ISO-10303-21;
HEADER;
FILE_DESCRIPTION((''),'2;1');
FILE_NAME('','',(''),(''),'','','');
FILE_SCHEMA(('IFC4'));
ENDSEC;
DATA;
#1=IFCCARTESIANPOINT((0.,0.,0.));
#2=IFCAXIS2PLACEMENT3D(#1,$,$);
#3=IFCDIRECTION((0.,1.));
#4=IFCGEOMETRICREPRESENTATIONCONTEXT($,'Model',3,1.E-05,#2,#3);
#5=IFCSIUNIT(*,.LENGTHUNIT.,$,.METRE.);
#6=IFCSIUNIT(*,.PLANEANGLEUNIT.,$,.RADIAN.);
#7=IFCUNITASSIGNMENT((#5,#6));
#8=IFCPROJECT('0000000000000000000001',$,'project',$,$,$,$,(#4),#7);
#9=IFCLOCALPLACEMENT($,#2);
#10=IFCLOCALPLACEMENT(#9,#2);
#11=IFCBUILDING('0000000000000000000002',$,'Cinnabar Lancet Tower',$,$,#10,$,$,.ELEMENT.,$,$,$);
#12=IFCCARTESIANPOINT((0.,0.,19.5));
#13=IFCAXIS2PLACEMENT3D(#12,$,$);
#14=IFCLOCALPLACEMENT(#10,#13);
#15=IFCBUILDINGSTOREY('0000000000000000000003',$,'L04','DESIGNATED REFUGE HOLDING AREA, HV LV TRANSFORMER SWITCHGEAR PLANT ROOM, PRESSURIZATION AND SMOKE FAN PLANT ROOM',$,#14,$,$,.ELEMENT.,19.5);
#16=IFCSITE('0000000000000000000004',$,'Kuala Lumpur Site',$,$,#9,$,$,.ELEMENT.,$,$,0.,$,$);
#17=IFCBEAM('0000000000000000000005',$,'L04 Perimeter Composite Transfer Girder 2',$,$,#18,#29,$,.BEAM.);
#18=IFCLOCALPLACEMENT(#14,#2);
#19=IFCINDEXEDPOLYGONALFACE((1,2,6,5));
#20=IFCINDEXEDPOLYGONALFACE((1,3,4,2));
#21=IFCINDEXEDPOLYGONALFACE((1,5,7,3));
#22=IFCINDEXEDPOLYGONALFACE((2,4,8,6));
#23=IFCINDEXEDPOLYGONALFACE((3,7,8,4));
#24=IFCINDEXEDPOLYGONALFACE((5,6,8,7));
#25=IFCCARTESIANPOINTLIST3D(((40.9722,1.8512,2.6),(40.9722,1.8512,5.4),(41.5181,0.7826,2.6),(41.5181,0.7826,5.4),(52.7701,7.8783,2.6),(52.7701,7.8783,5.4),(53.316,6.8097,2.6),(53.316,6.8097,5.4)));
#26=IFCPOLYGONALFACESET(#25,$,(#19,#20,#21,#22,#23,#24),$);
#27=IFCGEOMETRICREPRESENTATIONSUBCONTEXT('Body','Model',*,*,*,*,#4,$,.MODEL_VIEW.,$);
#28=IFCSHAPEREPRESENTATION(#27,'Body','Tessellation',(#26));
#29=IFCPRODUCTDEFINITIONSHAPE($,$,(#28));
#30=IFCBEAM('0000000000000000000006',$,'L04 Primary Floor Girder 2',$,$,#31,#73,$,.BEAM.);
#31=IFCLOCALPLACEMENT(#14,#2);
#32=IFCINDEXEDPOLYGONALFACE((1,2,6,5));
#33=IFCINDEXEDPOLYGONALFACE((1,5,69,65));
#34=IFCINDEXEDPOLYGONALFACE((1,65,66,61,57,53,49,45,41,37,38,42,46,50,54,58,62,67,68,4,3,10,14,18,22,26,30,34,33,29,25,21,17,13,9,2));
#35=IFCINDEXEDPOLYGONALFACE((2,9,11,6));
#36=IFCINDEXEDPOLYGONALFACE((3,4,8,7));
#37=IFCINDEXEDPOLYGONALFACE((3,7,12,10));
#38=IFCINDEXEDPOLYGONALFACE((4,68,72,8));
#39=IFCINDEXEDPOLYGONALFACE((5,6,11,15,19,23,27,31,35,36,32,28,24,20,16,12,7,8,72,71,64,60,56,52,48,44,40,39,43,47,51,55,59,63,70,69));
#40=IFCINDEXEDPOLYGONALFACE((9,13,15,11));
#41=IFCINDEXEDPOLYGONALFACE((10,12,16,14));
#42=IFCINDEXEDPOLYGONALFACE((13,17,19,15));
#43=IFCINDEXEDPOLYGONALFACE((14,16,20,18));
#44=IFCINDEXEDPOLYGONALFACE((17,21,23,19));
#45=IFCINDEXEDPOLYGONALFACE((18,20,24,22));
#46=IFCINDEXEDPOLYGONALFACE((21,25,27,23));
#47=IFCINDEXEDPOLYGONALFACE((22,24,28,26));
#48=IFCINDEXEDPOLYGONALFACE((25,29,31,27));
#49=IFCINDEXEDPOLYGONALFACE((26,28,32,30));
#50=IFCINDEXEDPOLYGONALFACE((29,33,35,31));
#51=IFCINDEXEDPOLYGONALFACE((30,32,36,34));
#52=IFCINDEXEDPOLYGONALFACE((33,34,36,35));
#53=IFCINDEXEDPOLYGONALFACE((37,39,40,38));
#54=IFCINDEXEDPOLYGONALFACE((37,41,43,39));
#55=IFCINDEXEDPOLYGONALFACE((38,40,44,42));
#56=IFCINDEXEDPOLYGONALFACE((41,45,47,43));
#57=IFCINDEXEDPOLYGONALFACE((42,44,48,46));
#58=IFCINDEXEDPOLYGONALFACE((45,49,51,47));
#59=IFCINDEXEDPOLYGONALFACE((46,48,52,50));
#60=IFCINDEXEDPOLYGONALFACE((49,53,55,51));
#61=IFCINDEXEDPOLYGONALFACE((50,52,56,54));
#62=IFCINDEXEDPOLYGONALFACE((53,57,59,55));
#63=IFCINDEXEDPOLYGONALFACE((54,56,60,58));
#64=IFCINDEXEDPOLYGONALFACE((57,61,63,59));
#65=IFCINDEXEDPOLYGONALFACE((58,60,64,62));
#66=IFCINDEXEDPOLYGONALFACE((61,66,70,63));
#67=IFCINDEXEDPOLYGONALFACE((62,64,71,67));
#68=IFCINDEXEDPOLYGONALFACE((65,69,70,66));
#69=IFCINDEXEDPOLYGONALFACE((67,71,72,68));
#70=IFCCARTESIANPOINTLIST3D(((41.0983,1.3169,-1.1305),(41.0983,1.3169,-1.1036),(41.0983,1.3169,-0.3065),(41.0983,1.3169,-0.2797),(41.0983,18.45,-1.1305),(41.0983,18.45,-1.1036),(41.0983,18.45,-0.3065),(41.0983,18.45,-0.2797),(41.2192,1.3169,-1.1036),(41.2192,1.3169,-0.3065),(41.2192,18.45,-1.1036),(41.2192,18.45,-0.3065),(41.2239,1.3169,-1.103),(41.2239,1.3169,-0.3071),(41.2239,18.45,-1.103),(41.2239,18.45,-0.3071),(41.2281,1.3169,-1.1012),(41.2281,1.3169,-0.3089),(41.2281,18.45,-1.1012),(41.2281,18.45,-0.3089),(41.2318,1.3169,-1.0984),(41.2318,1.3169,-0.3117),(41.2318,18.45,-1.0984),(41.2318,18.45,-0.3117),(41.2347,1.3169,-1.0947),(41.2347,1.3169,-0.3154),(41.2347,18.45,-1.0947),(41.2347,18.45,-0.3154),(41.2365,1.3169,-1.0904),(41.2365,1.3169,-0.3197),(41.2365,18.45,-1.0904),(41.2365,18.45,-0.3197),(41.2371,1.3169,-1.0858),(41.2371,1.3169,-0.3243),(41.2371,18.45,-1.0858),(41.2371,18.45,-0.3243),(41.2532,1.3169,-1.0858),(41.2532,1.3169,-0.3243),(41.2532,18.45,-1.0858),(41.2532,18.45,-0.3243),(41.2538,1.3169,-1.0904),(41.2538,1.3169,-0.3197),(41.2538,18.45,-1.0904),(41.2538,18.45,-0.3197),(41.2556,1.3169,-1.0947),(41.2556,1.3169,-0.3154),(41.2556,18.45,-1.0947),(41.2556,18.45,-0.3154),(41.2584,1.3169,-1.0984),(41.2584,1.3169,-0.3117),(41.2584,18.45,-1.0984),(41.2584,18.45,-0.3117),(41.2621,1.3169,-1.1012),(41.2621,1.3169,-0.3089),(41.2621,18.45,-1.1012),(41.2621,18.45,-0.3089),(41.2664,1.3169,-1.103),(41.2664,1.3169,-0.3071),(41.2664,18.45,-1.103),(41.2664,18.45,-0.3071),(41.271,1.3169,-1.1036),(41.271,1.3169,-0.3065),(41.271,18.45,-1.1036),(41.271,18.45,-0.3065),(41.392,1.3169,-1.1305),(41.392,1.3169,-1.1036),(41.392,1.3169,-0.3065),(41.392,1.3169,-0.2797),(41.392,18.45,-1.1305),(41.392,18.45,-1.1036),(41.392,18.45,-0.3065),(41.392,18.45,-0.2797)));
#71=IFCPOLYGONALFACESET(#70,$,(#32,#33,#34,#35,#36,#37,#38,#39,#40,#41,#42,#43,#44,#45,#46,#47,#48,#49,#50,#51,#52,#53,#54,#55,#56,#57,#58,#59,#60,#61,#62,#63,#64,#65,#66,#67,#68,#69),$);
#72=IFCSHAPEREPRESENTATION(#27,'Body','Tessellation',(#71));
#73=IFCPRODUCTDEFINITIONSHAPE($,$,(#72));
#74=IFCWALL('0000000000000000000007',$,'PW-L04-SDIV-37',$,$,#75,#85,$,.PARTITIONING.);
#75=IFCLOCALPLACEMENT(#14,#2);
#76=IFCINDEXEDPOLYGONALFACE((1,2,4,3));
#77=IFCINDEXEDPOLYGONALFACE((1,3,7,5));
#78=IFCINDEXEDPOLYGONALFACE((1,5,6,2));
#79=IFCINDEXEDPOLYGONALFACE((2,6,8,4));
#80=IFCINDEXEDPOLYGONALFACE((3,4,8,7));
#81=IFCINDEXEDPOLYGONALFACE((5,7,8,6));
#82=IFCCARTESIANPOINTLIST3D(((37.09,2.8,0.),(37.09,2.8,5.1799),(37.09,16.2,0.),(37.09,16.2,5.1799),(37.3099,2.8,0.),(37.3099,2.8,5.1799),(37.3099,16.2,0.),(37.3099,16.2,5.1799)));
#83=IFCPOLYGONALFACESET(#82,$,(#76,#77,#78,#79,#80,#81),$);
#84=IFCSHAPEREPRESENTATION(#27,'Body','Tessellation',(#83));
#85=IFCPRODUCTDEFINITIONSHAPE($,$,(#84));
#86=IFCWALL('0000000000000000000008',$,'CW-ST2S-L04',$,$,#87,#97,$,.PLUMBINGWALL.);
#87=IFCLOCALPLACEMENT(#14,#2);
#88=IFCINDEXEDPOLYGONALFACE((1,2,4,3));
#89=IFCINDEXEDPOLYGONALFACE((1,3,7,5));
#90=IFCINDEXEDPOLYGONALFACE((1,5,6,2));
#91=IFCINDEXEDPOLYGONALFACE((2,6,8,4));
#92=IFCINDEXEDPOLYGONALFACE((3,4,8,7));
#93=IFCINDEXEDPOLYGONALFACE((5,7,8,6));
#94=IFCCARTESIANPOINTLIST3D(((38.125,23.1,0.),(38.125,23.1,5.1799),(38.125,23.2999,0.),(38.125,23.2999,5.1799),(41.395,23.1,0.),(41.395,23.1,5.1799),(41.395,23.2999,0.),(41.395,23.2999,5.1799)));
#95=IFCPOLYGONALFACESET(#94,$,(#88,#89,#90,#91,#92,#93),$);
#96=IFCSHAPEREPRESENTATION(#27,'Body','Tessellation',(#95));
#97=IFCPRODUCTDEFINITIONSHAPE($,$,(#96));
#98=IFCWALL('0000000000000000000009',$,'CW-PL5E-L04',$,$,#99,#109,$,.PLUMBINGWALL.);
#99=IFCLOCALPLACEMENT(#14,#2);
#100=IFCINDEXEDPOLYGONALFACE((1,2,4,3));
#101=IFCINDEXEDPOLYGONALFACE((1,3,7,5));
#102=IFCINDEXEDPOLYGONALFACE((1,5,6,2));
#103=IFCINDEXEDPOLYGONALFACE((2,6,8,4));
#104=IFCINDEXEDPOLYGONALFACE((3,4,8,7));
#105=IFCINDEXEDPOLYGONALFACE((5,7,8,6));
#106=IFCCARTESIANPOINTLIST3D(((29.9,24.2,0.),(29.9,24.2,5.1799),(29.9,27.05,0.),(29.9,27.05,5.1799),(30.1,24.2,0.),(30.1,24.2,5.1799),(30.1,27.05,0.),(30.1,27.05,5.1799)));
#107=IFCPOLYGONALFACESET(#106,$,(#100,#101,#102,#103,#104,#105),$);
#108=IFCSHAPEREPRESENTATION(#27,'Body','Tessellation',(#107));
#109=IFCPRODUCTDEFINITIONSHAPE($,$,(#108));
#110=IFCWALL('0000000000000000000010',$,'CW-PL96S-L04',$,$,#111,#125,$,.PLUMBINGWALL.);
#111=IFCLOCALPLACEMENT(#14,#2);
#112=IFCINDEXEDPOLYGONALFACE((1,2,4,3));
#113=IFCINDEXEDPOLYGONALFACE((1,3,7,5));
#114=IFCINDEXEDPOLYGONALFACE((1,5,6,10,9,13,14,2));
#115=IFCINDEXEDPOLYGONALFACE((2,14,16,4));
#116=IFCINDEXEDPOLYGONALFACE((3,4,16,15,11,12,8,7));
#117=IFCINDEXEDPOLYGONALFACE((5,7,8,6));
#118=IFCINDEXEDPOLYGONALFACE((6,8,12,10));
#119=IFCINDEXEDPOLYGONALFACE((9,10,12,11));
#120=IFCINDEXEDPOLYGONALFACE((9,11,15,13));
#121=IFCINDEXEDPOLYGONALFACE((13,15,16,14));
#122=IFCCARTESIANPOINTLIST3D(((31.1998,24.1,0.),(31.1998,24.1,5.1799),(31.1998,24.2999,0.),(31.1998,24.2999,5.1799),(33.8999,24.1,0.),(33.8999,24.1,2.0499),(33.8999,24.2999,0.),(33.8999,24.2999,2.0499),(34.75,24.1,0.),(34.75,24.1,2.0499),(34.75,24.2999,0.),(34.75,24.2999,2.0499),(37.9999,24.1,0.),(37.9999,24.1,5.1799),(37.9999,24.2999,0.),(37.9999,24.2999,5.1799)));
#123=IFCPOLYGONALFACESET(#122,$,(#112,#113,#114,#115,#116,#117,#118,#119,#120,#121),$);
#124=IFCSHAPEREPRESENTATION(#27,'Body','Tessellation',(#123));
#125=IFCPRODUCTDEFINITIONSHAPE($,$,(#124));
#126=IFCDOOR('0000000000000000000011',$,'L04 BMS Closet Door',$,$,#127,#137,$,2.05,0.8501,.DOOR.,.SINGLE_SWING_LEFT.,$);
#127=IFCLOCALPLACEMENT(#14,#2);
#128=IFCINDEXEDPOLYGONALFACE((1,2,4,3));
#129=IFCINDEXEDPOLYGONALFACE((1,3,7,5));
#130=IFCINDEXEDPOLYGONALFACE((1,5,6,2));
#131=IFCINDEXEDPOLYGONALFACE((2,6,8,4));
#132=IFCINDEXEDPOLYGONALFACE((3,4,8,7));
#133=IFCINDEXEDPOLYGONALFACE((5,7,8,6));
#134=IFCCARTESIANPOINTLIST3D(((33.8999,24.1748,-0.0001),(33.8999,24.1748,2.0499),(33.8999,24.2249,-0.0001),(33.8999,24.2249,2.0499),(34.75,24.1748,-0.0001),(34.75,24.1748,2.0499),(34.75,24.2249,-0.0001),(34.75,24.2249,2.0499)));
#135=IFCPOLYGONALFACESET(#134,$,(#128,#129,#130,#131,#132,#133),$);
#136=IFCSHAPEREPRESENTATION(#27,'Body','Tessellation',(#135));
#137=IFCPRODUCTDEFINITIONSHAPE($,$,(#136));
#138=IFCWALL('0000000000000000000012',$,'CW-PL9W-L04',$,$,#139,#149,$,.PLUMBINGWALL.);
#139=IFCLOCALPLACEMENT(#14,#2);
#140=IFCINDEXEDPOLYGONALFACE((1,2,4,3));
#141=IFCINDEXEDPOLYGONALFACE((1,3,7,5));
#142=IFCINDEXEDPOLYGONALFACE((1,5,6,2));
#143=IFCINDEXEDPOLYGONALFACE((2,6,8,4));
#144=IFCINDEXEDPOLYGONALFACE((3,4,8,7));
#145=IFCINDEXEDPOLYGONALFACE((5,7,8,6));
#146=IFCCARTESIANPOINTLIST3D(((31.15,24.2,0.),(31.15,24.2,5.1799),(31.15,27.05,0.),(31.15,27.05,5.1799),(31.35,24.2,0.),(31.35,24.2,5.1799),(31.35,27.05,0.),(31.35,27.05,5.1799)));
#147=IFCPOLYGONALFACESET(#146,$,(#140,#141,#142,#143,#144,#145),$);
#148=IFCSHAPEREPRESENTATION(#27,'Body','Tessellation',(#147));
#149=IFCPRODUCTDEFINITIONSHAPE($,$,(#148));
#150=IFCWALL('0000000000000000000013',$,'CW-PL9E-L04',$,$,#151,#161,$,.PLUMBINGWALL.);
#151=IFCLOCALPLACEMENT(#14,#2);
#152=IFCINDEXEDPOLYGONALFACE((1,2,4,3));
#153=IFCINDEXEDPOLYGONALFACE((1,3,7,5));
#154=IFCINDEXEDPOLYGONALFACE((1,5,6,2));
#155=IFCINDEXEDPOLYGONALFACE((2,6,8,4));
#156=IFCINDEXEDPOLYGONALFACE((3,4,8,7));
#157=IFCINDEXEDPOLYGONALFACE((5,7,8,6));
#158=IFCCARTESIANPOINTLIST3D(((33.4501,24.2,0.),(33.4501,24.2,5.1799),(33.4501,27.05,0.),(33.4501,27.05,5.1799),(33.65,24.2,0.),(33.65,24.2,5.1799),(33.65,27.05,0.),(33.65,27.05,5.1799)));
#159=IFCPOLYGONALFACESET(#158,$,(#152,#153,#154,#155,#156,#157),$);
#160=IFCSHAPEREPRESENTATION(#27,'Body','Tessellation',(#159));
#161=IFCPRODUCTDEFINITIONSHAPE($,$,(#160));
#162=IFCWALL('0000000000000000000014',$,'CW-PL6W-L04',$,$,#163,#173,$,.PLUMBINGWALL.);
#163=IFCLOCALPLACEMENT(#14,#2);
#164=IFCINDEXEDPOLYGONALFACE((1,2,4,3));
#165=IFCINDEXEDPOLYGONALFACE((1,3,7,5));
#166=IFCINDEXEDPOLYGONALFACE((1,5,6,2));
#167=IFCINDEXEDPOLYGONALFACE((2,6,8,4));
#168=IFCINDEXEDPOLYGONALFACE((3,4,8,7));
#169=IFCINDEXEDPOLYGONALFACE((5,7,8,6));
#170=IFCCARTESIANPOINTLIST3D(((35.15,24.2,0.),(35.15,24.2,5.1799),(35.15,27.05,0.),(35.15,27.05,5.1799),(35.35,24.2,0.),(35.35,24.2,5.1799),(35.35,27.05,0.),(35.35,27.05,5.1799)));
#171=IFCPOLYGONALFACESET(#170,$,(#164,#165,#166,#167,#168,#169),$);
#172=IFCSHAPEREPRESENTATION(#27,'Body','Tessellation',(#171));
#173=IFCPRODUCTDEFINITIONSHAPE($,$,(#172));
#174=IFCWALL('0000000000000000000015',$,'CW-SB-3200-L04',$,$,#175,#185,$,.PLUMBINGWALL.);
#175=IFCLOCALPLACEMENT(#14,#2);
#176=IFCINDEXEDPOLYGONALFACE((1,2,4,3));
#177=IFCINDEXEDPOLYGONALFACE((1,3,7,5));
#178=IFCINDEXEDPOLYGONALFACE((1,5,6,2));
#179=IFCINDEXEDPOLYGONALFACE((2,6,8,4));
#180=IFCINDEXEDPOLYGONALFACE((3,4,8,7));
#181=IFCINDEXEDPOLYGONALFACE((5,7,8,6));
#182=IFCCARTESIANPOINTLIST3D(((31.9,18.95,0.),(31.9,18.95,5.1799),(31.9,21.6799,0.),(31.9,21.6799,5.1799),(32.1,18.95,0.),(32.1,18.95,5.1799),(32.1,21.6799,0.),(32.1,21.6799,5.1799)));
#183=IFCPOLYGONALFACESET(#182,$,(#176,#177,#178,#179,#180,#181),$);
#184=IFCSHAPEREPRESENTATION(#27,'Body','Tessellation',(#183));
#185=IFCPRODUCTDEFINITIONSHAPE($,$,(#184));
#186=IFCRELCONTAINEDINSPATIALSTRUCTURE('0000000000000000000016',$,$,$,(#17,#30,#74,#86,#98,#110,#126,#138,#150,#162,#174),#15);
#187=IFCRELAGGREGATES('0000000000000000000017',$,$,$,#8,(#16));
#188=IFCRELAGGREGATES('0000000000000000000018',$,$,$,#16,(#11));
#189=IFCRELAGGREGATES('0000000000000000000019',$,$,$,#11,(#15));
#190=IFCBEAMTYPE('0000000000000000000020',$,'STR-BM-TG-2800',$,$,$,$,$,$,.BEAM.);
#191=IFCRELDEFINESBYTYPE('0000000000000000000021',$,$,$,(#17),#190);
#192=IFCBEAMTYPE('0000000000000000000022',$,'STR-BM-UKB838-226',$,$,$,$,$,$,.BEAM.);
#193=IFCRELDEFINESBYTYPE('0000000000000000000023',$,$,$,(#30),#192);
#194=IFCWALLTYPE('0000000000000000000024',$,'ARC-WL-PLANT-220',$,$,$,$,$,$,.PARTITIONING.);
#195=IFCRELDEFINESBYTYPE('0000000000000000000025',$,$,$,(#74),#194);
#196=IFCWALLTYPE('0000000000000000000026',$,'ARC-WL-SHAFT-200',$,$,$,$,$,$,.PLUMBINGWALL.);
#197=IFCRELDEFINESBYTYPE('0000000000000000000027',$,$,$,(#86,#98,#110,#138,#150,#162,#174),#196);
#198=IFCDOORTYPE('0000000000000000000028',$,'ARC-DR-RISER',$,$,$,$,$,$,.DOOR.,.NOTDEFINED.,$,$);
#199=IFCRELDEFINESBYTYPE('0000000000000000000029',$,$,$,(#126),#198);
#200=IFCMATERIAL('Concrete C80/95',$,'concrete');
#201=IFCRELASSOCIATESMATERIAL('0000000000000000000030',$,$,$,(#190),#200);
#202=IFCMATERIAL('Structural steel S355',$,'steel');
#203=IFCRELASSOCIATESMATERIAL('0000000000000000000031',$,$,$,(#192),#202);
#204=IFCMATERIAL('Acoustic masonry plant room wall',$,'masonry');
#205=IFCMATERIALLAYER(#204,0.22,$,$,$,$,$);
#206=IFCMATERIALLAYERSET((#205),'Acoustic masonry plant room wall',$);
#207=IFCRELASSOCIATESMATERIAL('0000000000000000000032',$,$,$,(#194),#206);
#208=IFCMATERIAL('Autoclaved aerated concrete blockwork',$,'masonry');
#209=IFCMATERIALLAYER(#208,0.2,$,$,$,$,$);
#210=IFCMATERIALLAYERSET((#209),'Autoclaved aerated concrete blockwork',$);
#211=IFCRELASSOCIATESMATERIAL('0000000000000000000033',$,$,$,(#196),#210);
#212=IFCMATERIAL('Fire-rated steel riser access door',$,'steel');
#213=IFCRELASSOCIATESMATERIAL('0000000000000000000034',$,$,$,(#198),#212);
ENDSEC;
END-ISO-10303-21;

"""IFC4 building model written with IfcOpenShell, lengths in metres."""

from ifc_helpers import new_model, si_unit, direction, frame, frame_2d, origin, origin_2d, place, context, subcontext, project, spatial, rectangle, i_section, extrude, material, layer, layer_set, material_profile, profile_set, type_object, element, fill, save


model = new_model("IFC4")

# Units and contexts
model_context = context("Model", 3, precision=1e-05, world=origin(), true_north=direction((0.0, 1.0)))
body_context = subcontext(model_context, "Body", "Model", "MODEL_VIEW")
ifc_project = project(units=[si_unit("LENGTHUNIT", "METRE"), si_unit("PLANEANGLEUNIT", "RADIAN")], contexts=[model_context])

# Site, building, storey
site_placement = place(None, origin())
site = spatial("IfcSite", under=ifc_project, at=site_placement, Name="Kuala Lumpur Site", CompositionType="ELEMENT", RefElevation=0.0)
building_placement = place(site_placement, origin())
building = spatial("IfcBuilding", under=site, at=building_placement, Name="Cinnabar Lancet Tower", CompositionType="ELEMENT")
storey_placement = place(building_placement, frame((0.0, 0.0, 19.5)))
storey = spatial("IfcBuildingStorey", under=building, at=storey_placement, Name="L04", Description="DESIGNATED REFUGE HOLDING AREA, HV LV TRANSFORMER SWITCHGEAR PLANT ROOM, PRESSURIZATION AND SMOKE FAN PLANT ROOM", CompositionType="ELEMENT", Elevation=19.5)

# Beams
ifc_material_1 = material(Name="Concrete C80/95", Category="concrete")
ifc_material_profile_1 = material_profile(ifc_material_1, rectangle(XDim=1.2, YDim=2.8, at=origin_2d()), Name="RC-TG 1200x2800")
ifc_profile_set_1 = profile_set([ifc_material_profile_1], Name="Concrete C80/95")
beam_type_1 = type_object("IfcBeamType", Name="STR-BM-TG-2800", PredefinedType="BEAM", material=ifc_profile_set_1)
beam_1_placement = place(storey_placement, frame((41.2451, 1.3169, 4.0), z_axis=(0.890524, 0.454937, 0.0), x_axis=(-0.454937, 0.890524, 0.0)))
element("IfcBeam", 1, at=beam_1_placement, inside=storey, type_object=beam_type_1, Name="L04 Perimeter Composite Transfer Girder 2", PredefinedType="BEAM", context=body_context, shape_type="SweptSolid", body=[
    extrude(rectangle(XDim=1.2, YDim=2.8, at=origin_2d()), origin(), (0.0, 0.0, 1.0), 13.2483),
])
ifc_material_2 = material(Name="Structural steel S355", Category="steel")
ifc_material_profile_2 = material_profile(ifc_material_2, i_section(OverallWidth=0.2937, OverallDepth=0.8508, WebThickness=0.0161, FlangeThickness=0.0269, FilletRadius=0.0178, at=origin_2d()), Name="UKB 838x292x226")
ifc_profile_set_2 = profile_set([ifc_material_profile_2], Name="Structural steel S355")
beam_type_2 = type_object("IfcBeamType", Name="STR-BM-UKB838-226", PredefinedType="BEAM", material=ifc_profile_set_2)
beam_2_placement = place(storey_placement, frame((41.2451, 1.3169, -0.7051), z_axis=(0.0, 1.0, 0.0), x_axis=(-1.0, 0.0, 0.0)))
element("IfcBeam", 2, at=beam_2_placement, inside=storey, type_object=beam_type_2, Name="L04 Primary Floor Girder 2", PredefinedType="BEAM", context=body_context, shape_type="SweptSolid", body=[
    extrude(i_section(OverallWidth=0.2937, OverallDepth=0.8508, WebThickness=0.0161, FlangeThickness=0.0269, FilletRadius=0.0178, at=origin_2d()), origin(), (0.0, 0.0, 1.0), 17.1331),
])

# Walls
ifc_material_3 = material(Name="Acoustic masonry plant room wall", Category="masonry")
ifc_layer_1 = layer(ifc_material_3, 0.22)
ifc_layer_set_1 = layer_set([ifc_layer_1], Name="Acoustic masonry plant room wall")
wall_type_1 = type_object("IfcWallType", Name="ARC-WL-PLANT-220", PredefinedType="PARTITIONING", material=ifc_layer_set_1)
wall_1_placement = place(storey_placement, frame((37.2, 2.8, 0.0), z_axis=(0.0, 0.0, 1.0), x_axis=(0.0, 1.0, 0.0)))
element("IfcWall", 3, at=wall_1_placement, inside=storey, type_object=wall_type_1, Name="PW-L04-SDIV-37", PredefinedType="PARTITIONING", context=body_context, shape_type="SweptSolid", body=[
    extrude(rectangle(XDim=13.3999, YDim=0.22, at=frame_2d((6.7, 0.0))), origin(), (0.0, 0.0, 1.0), 5.1799),
])
ifc_material_4 = material(Name="Autoclaved aerated concrete blockwork", Category="masonry")
ifc_layer_2 = layer(ifc_material_4, 0.2)
ifc_layer_set_2 = layer_set([ifc_layer_2], Name="Autoclaved aerated concrete blockwork")
wall_type_2 = type_object("IfcWallType", Name="ARC-WL-SHAFT-200", PredefinedType="PLUMBINGWALL", material=ifc_layer_set_2)
wall_2_placement = place(storey_placement, frame((38.125, 23.2, 0.0), z_axis=(0.0, 0.0, 1.0), x_axis=(1.0, 0.0, 0.0)))
element("IfcWall", 4, at=wall_2_placement, inside=storey, type_object=wall_type_2, Name="CW-ST2S-L04", PredefinedType="PLUMBINGWALL", context=body_context, shape_type="SweptSolid", body=[
    extrude(rectangle(XDim=3.27, YDim=0.2, at=frame_2d((1.635, 0.0))), origin(), (0.0, 0.0, 1.0), 5.1799),
])
wall_3_placement = place(storey_placement, frame((30.0, 24.2, 0.0), z_axis=(0.0, 0.0, 1.0), x_axis=(0.0, 1.0, 0.0)))
element("IfcWall", 5, at=wall_3_placement, inside=storey, type_object=wall_type_2, Name="CW-PL5E-L04", PredefinedType="PLUMBINGWALL", context=body_context, shape_type="SweptSolid", body=[
    extrude(rectangle(XDim=2.8501, YDim=0.2, at=frame_2d((1.425, 0.0))), origin(), (0.0, 0.0, 1.0), 5.1799),
])

# Wall, opening, door
wall_4_placement = place(storey_placement, frame((31.2, 24.2, 0.0), z_axis=(0.0, 0.0, 1.0), x_axis=(1.0, 0.0, 0.0)))
wall_4 = element("IfcWall", 6, at=wall_4_placement, inside=storey, type_object=wall_type_2, Name="CW-PL96S-L04", PredefinedType="PLUMBINGWALL", context=body_context, shape_type="SweptSolid", body=[
    extrude(rectangle(XDim=6.8, YDim=0.2, at=frame_2d((3.3999, 0.0))), origin(), (0.0, 0.0, 1.0), 5.1799),
])
opening_1_placement = place(wall_4_placement, frame((2.7, 0.0, 0.0)))
opening_1 = element("IfcOpeningElement", 7, at=opening_1_placement, cuts=wall_4, PredefinedType="OPENING", context=body_context, shape_type="SweptSolid", body=[
    extrude(rectangle(XDim=0.8501, YDim=2.05, at=frame_2d((0.425, 1.0249))), frame((0.0, 0.1099, 0.0), z_axis=(0.0, -1.0, 0.0), x_axis=(1.0, 0.0, 0.0)), (0.0, 0.0, 1.0), 0.22),
])
ifc_material_5 = material(Name="Fire-rated steel riser access door", Category="steel")
door_type_1 = type_object("IfcDoorType", Name="ARC-DR-RISER", OperationType="NOTDEFINED", PredefinedType="DOOR", material=ifc_material_5)
door_1_placement = place(opening_1_placement, origin())
door_1 = element("IfcDoor", 8, at=door_1_placement, inside=storey, type_object=door_type_1, Name="L04 BMS Closet Door", OperationType="SINGLE_SWING_LEFT", OverallHeight=2.05, OverallWidth=0.8501, PredefinedType="DOOR", context=body_context, shape_type="SweptSolid", body=[
    extrude(rectangle(XDim=0.8501, YDim=2.05, at=frame_2d((0.425, 1.0249))), frame((0.0, 0.0249, 0.0), z_axis=(0.0, -1.0, 0.0), x_axis=(1.0, 0.0, 0.0)), (0.0, 0.0, 1.0), 0.05),
])
fill(opening_1, door_1)

# Walls
for number, where, z_axis, x_axis, name in (
    (9, (31.25, 24.2, 0.0), (0.0, 0.0, 1.0), (0.0, 1.0, 0.0), "CW-PL9W-L04"),
    (10, (33.55, 24.2, 0.0), (0.0, 0.0, 1.0), (0.0, 1.0, 0.0), "CW-PL9E-L04"),
    (11, (35.25, 24.2, 0.0), (0.0, 0.0, 1.0), (0.0, 1.0, 0.0), "CW-PL6W-L04"),
):
    element("IfcWall", number, at=place(storey_placement, frame(where, z_axis=z_axis, x_axis=x_axis)), inside=storey, type_object=wall_type_2, Name=name, PredefinedType="PLUMBINGWALL", context=body_context, shape_type="SweptSolid", body=[
        extrude(rectangle(XDim=2.8501, YDim=0.2, at=frame_2d((1.425, 0.0))), origin(), (0.0, 0.0, 1.0), 5.1799),
    ])
for number, where, z_axis, x_axis, name in (
    (12, (32.0, 18.95, 0.0), (0.0, 0.0, 1.0), (0.0, 1.0, 0.0), "CW-SB-3200-L04"),
):
    element("IfcWall", number, at=place(storey_placement, frame(where, z_axis=z_axis, x_axis=x_axis)), inside=storey, type_object=wall_type_2, Name=name, PredefinedType="PLUMBINGWALL", context=body_context, shape_type="SweptSolid", body=[
        extrude(rectangle(XDim=2.73, YDim=0.2, at=frame_2d((1.365, 0.0))), origin(), (0.0, 0.0, 1.0), 5.1799),
    ])

save(model, "model.ifc")
